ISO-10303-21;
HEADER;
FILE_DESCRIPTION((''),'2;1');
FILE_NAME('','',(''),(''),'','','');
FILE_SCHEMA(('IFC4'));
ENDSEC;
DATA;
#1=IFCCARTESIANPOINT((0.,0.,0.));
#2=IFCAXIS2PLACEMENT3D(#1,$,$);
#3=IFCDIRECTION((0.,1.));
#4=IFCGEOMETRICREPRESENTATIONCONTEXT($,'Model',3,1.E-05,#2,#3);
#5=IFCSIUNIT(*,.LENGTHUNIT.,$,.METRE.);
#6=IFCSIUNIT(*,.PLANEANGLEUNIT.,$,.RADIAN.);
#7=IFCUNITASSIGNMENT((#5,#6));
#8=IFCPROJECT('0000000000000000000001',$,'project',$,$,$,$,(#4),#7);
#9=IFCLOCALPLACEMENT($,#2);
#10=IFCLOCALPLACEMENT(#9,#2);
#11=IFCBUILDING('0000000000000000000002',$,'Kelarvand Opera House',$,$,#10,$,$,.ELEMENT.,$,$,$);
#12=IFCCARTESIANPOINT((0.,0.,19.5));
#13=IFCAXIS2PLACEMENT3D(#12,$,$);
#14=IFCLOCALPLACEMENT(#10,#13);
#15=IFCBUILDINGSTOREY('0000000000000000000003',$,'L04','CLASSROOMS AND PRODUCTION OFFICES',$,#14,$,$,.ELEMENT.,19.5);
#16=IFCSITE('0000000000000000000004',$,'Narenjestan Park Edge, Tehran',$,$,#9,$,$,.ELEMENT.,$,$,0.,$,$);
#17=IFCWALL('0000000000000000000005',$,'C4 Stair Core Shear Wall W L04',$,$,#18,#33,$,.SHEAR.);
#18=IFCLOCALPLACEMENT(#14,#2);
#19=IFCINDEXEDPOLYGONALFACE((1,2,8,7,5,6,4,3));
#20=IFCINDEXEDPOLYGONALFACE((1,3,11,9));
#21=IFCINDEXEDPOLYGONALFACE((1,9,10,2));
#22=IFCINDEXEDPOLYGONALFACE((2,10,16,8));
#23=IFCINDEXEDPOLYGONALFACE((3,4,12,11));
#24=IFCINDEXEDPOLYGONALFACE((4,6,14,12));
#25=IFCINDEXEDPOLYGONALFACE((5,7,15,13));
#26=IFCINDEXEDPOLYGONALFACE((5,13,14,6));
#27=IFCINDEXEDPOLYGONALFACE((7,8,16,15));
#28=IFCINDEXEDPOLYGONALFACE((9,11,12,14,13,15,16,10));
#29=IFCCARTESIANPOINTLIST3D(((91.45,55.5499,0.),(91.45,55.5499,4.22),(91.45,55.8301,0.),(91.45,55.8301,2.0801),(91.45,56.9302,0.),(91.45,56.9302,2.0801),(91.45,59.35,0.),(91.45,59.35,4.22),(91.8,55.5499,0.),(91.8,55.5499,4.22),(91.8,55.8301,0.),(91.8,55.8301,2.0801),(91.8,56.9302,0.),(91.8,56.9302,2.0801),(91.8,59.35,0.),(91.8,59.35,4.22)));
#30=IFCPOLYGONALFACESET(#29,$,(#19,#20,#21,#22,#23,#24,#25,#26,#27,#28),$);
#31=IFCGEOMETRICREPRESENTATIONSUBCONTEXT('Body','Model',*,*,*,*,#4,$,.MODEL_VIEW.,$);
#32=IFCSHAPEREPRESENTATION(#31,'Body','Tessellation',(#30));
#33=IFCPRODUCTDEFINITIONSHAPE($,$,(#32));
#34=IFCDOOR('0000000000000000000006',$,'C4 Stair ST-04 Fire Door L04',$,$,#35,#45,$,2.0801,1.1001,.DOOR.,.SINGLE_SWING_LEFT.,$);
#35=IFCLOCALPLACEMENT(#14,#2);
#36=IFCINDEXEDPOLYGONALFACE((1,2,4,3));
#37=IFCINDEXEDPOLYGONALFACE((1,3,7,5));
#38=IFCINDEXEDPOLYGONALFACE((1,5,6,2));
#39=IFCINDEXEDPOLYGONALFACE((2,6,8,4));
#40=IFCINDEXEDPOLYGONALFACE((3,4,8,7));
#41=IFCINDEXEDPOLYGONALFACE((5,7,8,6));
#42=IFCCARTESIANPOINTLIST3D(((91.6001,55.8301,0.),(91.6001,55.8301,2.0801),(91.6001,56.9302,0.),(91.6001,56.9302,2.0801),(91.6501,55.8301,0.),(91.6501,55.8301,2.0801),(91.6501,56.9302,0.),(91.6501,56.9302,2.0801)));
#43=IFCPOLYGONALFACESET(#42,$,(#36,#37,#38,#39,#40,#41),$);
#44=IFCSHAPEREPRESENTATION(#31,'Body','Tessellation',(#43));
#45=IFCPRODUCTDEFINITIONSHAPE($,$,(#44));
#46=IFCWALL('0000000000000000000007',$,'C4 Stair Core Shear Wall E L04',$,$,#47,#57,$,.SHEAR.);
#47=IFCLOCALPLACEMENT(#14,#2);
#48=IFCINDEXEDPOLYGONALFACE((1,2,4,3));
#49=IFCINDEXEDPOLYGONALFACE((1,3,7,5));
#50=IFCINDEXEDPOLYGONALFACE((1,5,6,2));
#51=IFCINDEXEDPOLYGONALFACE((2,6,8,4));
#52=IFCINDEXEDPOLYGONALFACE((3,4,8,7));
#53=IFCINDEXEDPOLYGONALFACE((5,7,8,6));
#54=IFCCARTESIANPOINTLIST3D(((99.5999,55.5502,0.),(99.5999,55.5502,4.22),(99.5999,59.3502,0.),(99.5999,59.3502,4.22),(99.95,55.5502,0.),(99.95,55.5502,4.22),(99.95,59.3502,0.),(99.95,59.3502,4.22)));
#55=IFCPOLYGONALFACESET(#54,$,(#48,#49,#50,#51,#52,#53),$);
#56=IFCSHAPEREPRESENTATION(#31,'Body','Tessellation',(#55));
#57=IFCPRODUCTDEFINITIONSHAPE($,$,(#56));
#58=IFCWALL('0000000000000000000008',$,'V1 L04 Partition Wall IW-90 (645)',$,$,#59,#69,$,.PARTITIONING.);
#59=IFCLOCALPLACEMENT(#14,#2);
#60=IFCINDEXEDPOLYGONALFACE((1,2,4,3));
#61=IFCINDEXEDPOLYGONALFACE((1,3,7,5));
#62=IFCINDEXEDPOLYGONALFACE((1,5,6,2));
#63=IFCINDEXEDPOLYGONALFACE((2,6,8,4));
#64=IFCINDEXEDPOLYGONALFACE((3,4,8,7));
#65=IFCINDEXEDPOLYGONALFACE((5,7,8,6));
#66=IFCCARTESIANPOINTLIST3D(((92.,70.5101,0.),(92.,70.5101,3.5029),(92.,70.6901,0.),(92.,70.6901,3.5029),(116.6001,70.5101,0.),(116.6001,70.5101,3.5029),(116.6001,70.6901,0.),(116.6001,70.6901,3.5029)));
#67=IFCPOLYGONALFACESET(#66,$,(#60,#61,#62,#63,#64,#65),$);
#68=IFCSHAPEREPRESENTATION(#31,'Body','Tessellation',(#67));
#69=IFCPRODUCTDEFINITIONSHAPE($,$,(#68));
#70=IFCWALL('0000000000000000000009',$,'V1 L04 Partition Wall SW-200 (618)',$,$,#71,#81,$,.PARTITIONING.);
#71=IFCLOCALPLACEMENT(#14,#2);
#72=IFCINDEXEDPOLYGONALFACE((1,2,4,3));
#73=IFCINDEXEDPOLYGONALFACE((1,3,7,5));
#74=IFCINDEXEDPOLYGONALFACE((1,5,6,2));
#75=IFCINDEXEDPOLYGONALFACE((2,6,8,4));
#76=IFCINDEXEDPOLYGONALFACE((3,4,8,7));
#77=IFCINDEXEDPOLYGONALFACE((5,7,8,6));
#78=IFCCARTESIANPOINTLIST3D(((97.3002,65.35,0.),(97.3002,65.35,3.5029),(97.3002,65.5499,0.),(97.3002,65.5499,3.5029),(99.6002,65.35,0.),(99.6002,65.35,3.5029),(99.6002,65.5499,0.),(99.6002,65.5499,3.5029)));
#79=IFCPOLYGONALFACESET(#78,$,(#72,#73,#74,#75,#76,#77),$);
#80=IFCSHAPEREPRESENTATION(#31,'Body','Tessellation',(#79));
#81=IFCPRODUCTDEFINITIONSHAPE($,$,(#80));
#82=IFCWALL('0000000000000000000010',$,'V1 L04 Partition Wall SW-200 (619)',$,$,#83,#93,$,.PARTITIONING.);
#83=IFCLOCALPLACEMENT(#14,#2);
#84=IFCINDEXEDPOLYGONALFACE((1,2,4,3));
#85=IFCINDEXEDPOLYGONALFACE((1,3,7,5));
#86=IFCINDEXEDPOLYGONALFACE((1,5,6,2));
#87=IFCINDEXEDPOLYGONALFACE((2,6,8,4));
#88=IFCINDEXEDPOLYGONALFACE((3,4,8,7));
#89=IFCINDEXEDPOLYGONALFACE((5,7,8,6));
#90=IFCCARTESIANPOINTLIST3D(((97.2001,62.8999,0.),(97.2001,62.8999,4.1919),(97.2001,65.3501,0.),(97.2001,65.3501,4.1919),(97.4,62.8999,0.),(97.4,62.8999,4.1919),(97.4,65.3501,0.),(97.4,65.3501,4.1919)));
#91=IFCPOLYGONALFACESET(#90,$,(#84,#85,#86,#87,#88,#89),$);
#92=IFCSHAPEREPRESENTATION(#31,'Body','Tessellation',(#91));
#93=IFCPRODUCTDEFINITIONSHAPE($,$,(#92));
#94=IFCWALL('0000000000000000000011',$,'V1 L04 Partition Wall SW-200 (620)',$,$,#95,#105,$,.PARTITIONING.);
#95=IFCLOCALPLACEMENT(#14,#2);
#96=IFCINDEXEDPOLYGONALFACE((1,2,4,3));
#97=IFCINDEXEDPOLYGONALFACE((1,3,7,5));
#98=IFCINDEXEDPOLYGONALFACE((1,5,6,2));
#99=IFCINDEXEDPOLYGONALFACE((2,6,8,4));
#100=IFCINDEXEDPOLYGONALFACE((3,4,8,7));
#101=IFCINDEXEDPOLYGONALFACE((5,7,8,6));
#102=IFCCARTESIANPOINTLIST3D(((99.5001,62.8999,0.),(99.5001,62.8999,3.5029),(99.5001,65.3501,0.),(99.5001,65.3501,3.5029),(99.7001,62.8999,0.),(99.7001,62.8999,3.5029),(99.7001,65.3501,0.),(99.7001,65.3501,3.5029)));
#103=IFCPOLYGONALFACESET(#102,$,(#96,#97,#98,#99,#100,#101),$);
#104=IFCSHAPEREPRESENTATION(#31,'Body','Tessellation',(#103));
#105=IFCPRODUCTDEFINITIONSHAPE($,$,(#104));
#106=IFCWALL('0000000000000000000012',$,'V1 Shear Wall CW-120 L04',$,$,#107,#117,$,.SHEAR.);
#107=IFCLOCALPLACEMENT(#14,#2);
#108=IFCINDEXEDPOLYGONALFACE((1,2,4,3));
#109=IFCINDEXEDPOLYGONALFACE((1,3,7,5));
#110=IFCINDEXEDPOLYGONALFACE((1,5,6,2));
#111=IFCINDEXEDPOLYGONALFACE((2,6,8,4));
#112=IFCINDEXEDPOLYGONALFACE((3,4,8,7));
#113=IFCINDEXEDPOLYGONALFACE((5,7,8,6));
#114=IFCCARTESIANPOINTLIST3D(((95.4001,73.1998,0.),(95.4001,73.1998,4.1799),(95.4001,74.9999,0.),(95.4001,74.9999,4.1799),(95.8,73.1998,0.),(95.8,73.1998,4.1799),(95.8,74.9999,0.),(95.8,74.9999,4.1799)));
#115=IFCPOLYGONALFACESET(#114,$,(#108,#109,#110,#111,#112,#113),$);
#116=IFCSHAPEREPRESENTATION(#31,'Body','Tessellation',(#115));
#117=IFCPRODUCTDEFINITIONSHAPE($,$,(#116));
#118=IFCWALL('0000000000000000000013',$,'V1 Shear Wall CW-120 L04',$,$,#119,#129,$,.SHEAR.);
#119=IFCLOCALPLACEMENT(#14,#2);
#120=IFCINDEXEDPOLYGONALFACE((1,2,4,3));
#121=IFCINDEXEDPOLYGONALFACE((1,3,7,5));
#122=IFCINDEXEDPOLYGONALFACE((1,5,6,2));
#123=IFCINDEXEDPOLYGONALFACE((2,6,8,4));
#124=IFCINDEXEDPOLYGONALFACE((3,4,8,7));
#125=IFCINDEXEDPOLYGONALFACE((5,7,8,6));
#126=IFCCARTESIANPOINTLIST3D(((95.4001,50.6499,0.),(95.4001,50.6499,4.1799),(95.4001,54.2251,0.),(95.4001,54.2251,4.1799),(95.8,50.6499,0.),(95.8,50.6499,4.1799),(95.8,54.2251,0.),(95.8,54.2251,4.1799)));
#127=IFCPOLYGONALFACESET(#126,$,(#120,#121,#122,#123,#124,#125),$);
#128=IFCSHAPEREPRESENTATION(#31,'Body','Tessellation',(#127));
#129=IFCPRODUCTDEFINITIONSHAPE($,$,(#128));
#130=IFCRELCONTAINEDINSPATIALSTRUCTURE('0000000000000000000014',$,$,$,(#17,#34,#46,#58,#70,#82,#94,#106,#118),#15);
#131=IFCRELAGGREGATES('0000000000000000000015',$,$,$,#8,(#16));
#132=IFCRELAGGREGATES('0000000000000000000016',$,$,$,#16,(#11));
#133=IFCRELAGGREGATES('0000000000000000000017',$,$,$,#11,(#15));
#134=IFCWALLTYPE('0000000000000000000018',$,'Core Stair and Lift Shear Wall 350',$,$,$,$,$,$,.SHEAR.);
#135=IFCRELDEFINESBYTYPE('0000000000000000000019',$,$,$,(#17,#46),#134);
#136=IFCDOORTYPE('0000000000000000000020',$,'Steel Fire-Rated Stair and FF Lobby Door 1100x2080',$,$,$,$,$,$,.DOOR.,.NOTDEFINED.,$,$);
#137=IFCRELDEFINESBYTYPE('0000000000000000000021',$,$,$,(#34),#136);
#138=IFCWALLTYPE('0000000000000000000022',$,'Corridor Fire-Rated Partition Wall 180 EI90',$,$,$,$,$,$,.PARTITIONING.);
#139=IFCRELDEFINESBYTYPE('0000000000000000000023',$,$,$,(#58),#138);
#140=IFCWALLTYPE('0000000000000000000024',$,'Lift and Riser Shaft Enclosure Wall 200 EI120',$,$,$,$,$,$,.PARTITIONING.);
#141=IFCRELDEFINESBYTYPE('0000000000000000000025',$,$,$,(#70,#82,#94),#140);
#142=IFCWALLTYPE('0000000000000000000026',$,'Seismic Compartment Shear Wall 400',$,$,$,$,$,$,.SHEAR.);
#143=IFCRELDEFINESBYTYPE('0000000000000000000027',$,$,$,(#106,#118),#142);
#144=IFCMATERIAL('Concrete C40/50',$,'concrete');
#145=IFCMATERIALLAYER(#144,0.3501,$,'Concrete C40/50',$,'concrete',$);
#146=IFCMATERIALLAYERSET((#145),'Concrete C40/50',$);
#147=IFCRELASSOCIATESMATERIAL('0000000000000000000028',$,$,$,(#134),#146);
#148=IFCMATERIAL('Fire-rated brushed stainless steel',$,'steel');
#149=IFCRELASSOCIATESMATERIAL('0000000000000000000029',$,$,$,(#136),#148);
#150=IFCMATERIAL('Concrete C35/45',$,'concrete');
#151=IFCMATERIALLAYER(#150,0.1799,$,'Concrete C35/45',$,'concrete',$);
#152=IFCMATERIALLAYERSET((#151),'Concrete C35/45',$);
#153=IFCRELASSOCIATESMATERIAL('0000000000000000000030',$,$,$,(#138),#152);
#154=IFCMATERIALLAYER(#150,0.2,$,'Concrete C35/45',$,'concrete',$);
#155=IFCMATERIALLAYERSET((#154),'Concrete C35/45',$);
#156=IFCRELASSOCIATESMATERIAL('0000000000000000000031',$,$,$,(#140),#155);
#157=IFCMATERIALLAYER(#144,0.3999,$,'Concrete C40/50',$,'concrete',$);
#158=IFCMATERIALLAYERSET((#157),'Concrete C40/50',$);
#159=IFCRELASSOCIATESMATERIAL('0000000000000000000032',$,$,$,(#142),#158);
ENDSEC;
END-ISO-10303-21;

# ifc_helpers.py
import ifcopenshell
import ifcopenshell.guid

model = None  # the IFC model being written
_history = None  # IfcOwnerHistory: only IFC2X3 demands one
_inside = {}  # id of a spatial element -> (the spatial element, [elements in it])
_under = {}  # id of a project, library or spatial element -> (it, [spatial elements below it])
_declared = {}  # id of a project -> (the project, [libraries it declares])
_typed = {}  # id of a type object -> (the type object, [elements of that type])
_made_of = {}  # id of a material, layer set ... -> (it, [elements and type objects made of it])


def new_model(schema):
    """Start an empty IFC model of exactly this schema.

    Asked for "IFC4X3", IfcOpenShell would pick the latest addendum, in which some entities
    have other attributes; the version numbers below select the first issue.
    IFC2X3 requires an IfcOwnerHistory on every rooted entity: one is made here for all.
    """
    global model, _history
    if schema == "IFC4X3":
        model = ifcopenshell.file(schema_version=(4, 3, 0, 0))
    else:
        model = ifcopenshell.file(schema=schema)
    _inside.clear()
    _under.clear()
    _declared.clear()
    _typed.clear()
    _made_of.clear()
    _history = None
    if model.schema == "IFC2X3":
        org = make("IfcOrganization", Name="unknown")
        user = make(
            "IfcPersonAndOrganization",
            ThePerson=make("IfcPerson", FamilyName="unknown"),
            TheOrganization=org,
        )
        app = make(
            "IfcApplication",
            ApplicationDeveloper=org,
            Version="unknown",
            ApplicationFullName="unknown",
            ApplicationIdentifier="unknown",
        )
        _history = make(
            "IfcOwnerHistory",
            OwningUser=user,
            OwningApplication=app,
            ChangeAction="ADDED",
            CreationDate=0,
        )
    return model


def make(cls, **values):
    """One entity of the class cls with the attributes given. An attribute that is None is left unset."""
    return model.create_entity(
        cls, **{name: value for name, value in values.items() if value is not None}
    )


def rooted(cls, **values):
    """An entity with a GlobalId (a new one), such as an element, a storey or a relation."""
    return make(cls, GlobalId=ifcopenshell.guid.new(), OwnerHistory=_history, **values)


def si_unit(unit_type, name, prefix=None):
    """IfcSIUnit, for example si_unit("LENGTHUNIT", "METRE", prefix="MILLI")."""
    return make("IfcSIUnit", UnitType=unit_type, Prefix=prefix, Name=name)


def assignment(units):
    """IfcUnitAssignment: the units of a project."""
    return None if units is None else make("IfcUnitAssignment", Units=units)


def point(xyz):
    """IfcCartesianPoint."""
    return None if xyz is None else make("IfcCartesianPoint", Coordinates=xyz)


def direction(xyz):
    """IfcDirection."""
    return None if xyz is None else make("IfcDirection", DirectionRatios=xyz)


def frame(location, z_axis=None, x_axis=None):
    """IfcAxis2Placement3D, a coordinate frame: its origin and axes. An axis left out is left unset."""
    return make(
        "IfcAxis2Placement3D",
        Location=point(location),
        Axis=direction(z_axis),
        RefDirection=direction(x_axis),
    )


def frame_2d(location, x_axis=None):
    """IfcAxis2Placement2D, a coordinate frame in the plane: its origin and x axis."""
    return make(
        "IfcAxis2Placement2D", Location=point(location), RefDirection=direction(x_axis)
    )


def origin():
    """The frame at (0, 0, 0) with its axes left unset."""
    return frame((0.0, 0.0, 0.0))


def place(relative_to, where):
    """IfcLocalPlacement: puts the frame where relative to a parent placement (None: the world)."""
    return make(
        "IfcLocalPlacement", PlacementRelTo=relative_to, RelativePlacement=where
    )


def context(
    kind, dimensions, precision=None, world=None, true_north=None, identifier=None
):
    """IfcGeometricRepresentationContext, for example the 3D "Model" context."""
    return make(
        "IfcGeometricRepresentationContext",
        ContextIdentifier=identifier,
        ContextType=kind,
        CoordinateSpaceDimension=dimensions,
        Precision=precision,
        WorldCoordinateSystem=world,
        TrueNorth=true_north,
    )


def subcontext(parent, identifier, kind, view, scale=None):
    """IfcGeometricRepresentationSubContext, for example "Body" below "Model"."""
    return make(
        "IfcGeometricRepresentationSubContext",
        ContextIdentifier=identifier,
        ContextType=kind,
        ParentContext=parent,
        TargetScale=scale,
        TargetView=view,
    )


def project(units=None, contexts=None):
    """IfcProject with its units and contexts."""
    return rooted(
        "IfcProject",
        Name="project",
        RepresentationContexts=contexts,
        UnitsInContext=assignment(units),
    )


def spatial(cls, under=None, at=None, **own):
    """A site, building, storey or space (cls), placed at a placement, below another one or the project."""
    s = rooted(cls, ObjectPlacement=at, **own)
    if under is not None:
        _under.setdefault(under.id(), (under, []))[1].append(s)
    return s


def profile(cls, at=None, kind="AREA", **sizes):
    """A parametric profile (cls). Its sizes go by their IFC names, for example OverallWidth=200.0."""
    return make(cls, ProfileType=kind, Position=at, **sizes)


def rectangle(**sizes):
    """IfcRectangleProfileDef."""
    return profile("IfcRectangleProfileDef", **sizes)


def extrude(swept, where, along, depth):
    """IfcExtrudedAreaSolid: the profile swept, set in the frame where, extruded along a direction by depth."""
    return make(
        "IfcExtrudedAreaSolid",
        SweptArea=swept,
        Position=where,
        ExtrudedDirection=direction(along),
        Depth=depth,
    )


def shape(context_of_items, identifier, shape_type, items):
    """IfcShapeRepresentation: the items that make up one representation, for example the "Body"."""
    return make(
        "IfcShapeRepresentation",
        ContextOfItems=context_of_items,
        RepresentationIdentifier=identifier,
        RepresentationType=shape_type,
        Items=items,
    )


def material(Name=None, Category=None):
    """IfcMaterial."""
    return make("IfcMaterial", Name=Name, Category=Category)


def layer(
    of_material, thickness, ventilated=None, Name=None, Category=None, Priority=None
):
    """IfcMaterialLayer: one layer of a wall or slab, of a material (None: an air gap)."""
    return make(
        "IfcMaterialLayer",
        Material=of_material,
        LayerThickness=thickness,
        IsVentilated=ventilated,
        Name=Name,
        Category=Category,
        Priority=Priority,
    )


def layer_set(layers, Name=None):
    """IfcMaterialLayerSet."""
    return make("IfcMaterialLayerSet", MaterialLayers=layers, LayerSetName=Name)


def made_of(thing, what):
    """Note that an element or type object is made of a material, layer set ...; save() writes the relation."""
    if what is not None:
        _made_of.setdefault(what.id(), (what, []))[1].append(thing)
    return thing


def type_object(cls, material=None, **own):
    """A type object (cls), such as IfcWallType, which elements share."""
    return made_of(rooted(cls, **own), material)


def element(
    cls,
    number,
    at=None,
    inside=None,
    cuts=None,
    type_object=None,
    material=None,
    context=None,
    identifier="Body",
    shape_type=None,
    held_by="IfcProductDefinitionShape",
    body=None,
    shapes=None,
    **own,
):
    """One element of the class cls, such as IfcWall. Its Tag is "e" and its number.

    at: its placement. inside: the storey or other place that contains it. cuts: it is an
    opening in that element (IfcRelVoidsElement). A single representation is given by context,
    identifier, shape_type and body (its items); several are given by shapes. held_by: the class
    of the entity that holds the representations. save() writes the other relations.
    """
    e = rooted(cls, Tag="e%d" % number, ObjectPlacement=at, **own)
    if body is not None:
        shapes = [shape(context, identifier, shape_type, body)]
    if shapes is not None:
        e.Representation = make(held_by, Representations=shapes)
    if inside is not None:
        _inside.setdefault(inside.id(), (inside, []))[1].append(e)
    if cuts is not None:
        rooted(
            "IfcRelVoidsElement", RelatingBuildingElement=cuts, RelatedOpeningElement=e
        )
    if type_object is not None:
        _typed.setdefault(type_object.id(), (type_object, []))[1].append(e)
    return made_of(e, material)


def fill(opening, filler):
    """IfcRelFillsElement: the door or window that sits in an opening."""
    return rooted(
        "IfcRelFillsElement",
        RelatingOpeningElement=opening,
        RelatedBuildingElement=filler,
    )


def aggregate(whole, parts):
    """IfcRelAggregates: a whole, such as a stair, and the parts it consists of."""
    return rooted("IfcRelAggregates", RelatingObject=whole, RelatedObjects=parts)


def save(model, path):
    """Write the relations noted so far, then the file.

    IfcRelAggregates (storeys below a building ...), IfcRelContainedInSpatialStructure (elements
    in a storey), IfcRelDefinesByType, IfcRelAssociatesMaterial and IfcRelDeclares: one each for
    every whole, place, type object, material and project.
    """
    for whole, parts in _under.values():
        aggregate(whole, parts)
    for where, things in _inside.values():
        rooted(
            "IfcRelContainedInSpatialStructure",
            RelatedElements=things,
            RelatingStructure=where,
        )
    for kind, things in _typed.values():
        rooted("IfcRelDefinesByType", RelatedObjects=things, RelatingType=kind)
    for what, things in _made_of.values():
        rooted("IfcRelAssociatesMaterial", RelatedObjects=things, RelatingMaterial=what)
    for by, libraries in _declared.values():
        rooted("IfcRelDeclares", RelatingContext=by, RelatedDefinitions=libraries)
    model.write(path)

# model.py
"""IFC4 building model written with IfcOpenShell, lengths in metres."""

from ifc_helpers import new_model, si_unit, direction, frame, frame_2d, origin, place, context, subcontext, project, spatial, rectangle, extrude, material, layer, layer_set, type_object, element, fill, save


model = new_model("IFC4")

# Units and contexts
model_context = context("Model", 3, precision=1e-05, world=origin(), true_north=direction((0.0, 1.0)))
body_context = subcontext(model_context, "Body", "Model", "MODEL_VIEW")
ifc_project = project(units=[si_unit("LENGTHUNIT", "METRE"), si_unit("PLANEANGLEUNIT", "RADIAN")], contexts=[model_context])

# Site, building, storey
site_placement = place(None, origin())
site = spatial("IfcSite", under=ifc_project, at=site_placement, Name="Narenjestan Park Edge, Tehran", CompositionType="ELEMENT", RefElevation=0.0)
building_placement = place(site_placement, origin())
building = spatial("IfcBuilding", under=site, at=building_placement, Name="Kelarvand Opera House", CompositionType="ELEMENT")
storey_placement = place(building_placement, frame((0.0, 0.0, 19.5)))
storey = spatial("IfcBuildingStorey", under=building, at=storey_placement, Name="L04", Description="CLASSROOMS AND PRODUCTION OFFICES", CompositionType="ELEMENT", Elevation=19.5)

# Shared definitions
ifc_material_1 = material(Name="Concrete C40/50", Category="concrete")

# Shared definitions
ifc_material_2 = material(Name="Concrete C35/45", Category="concrete")

# Shared definitions
ifc_layer_1 = layer(ifc_material_1, 0.3501, Name="Concrete C40/50", Category="concrete")
ifc_layer_set_1 = layer_set([ifc_layer_1], Name="Concrete C40/50")
wall_type_1 = type_object("IfcWallType", Name="Core Stair and Lift Shear Wall 350", PredefinedType="SHEAR", material=ifc_layer_set_1)

# Shared definitions
ifc_material_3 = material(Name="Fire-rated brushed stainless steel", Category="steel")
door_type_1 = type_object("IfcDoorType", Name="Steel Fire-Rated Stair and FF Lobby Door 1100x2080", OperationType="NOTDEFINED", PredefinedType="DOOR", material=ifc_material_3)

# Wall, opening, door
wall_1_placement = place(storey_placement, frame((91.625, 55.55, 0.0), z_axis=(0.0, 0.0, 1.0), x_axis=(0.0, 1.0, 0.0)))
wall_1 = element("IfcWall", 1, at=wall_1_placement, inside=storey, type_object=wall_type_1, Name="C4 Stair Core Shear Wall W L04", PredefinedType="SHEAR", context=body_context, shape_type="SweptSolid", body=[
    extrude(rectangle(XDim=3.8, YDim=0.3501, at=frame_2d((1.8999, 0.0))), origin(), (0.0, 0.0, 1.0), 4.22),
])
opening_1_placement = place(wall_1_placement, frame((0.28, 0.0, 0.0)))
opening_1 = element("IfcOpeningElement", 2, at=opening_1_placement, cuts=wall_1, PredefinedType="OPENING", context=body_context, shape_type="SweptSolid", body=[
    extrude(rectangle(XDim=1.1001, YDim=2.0801, at=frame_2d((0.55, 1.04))), frame((0.0, 0.1851, 0.0), z_axis=(0.0, -1.0, 0.0), x_axis=(1.0, 0.0, 0.0)), (0.0, 0.0, 1.0), 0.3701),
])
door_1_placement = place(opening_1_placement, origin())
door_1 = element("IfcDoor", 3, at=door_1_placement, inside=storey, type_object=door_type_1, Name="C4 Stair ST-04 Fire Door L04", OperationType="SINGLE_SWING_LEFT", OverallHeight=2.0801, OverallWidth=1.1001, PredefinedType="DOOR", context=body_context, shape_type="SweptSolid", body=[
    extrude(rectangle(XDim=1.1001, YDim=2.0801, at=frame_2d((0.55, 1.04))), frame((0.0, 0.0249, 0.0), z_axis=(0.0, -1.0, 0.0), x_axis=(1.0, 0.0, 0.0)), (0.0, 0.0, 1.0), 0.05),
])
fill(opening_1, door_1)

# Walls
wall_2_placement = place(storey_placement, frame((99.7749, 59.3501, 0.0), z_axis=(0.0, 0.0, 1.0), x_axis=(0.0, -1.0, 0.0)))
element("IfcWall", 4, at=wall_2_placement, inside=storey, type_object=wall_type_1, Name="C4 Stair Core Shear Wall E L04", PredefinedType="SHEAR", context=body_context, shape_type="SweptSolid", body=[
    extrude(rectangle(XDim=3.8, YDim=0.3501, at=frame_2d((1.8999, 0.0))), origin(), (0.0, 0.0, 1.0), 4.22),
])
ifc_layer_2 = layer(ifc_material_2, 0.1799, Name="Concrete C35/45", Category="concrete")
ifc_layer_set_2 = layer_set([ifc_layer_2], Name="Concrete C35/45")
wall_type_2 = type_object("IfcWallType", Name="Corridor Fire-Rated Partition Wall 180 EI90", PredefinedType="PARTITIONING", material=ifc_layer_set_2)
wall_3_placement = place(storey_placement, frame((92.0, 70.6001, 0.0), z_axis=(0.0, 0.0, 1.0), x_axis=(1.0, 0.0, 0.0)))
element("IfcWall", 5, at=wall_3_placement, inside=storey, type_object=wall_type_2, Name="V1 L04 Partition Wall IW-90 (645)", PredefinedType="PARTITIONING", context=body_context, shape_type="SweptSolid", body=[
    extrude(rectangle(XDim=24.6001, YDim=0.1799, at=frame_2d((12.3, 0.0))), origin(), (0.0, 0.0, 1.0), 3.5029),
])

# Shared definitions
ifc_layer_3 = layer(ifc_material_2, 0.2, Name="Concrete C35/45", Category="concrete")
ifc_layer_set_3 = layer_set([ifc_layer_3], Name="Concrete C35/45")
wall_type_3 = type_object("IfcWallType", Name="Lift and Riser Shaft Enclosure Wall 200 EI120", PredefinedType="PARTITIONING", material=ifc_layer_set_3)

# Walls
wall_4_placement = place(storey_placement, frame((99.6001, 65.45, 0.0), z_axis=(0.0, 0.0, 1.0), x_axis=(-1.0, 0.0, 0.0)))
element("IfcWall", 6, at=wall_4_placement, inside=storey, type_object=wall_type_3, Name="V1 L04 Partition Wall SW-200 (618)", PredefinedType="PARTITIONING", context=body_context, shape_type="SweptSolid", body=[
    extrude(rectangle(XDim=2.3, YDim=0.2, at=frame_2d((1.1499, 0.0))), origin(), (0.0, 0.0, 1.0), 3.5029),
])
wall_5_placement = place(storey_placement, frame((97.3, 62.8999, 0.0), z_axis=(0.0, 0.0, 1.0), x_axis=(0.0, 1.0, 0.0)))
element("IfcWall", 7, at=wall_5_placement, inside=storey, type_object=wall_type_3, Name="V1 L04 Partition Wall SW-200 (619)", PredefinedType="PARTITIONING", context=body_context, shape_type="SweptSolid", body=[
    extrude(rectangle(XDim=2.4502, YDim=0.2, at=frame_2d((1.2251, 0.0))), origin(), (0.0, 0.0, 1.0), 4.1919),
])
wall_6_placement = place(storey_placement, frame((99.6001, 65.3501, 0.0), z_axis=(0.0, 0.0, 1.0), x_axis=(0.0, -1.0, 0.0)))
element("IfcWall", 8, at=wall_6_placement, inside=storey, type_object=wall_type_3, Name="V1 L04 Partition Wall SW-200 (620)", PredefinedType="PARTITIONING", context=body_context, shape_type="SweptSolid", body=[
    extrude(rectangle(XDim=2.4502, YDim=0.2, at=frame_2d((1.2251, 0.0))), origin(), (0.0, 0.0, 1.0), 3.5029),
])
ifc_layer_4 = layer(ifc_material_1, 0.3999, Name="Concrete C40/50", Category="concrete")
ifc_layer_set_4 = layer_set([ifc_layer_4], Name="Concrete C40/50")
wall_type_4 = type_object("IfcWallType", Name="Seismic Compartment Shear Wall 400", PredefinedType="SHEAR", material=ifc_layer_set_4)
wall_7_placement = place(storey_placement, frame((95.6001, 73.2, 0.0), z_axis=(0.0, 0.0, 1.0), x_axis=(0.0, 1.0, 0.0)))
element("IfcWall", 9, at=wall_7_placement, inside=storey, type_object=wall_type_4, Name="V1 Shear Wall CW-120 L04", PredefinedType="SHEAR", context=body_context, shape_type="SweptSolid", body=[
    extrude(rectangle(XDim=1.8, YDim=0.3999, at=frame_2d((0.8999, 0.0))), origin(), (0.0, 0.0, 1.0), 4.1799),
])
wall_8_placement = place(storey_placement, frame((95.6001, 50.6499, 0.0), z_axis=(0.0, 0.0, 1.0), x_axis=(0.0, 1.0, 0.0)))
element("IfcWall", 10, at=wall_8_placement, inside=storey, type_object=wall_type_4, Name="V1 Shear Wall CW-120 L04", PredefinedType="SHEAR", context=body_context, shape_type="SweptSolid", body=[
    extrude(rectangle(XDim=3.5752, YDim=0.3999, at=frame_2d((1.7876, 0.0))), origin(), (0.0, 0.0, 1.0), 4.1799),
])

save(model, "model.ifc")
